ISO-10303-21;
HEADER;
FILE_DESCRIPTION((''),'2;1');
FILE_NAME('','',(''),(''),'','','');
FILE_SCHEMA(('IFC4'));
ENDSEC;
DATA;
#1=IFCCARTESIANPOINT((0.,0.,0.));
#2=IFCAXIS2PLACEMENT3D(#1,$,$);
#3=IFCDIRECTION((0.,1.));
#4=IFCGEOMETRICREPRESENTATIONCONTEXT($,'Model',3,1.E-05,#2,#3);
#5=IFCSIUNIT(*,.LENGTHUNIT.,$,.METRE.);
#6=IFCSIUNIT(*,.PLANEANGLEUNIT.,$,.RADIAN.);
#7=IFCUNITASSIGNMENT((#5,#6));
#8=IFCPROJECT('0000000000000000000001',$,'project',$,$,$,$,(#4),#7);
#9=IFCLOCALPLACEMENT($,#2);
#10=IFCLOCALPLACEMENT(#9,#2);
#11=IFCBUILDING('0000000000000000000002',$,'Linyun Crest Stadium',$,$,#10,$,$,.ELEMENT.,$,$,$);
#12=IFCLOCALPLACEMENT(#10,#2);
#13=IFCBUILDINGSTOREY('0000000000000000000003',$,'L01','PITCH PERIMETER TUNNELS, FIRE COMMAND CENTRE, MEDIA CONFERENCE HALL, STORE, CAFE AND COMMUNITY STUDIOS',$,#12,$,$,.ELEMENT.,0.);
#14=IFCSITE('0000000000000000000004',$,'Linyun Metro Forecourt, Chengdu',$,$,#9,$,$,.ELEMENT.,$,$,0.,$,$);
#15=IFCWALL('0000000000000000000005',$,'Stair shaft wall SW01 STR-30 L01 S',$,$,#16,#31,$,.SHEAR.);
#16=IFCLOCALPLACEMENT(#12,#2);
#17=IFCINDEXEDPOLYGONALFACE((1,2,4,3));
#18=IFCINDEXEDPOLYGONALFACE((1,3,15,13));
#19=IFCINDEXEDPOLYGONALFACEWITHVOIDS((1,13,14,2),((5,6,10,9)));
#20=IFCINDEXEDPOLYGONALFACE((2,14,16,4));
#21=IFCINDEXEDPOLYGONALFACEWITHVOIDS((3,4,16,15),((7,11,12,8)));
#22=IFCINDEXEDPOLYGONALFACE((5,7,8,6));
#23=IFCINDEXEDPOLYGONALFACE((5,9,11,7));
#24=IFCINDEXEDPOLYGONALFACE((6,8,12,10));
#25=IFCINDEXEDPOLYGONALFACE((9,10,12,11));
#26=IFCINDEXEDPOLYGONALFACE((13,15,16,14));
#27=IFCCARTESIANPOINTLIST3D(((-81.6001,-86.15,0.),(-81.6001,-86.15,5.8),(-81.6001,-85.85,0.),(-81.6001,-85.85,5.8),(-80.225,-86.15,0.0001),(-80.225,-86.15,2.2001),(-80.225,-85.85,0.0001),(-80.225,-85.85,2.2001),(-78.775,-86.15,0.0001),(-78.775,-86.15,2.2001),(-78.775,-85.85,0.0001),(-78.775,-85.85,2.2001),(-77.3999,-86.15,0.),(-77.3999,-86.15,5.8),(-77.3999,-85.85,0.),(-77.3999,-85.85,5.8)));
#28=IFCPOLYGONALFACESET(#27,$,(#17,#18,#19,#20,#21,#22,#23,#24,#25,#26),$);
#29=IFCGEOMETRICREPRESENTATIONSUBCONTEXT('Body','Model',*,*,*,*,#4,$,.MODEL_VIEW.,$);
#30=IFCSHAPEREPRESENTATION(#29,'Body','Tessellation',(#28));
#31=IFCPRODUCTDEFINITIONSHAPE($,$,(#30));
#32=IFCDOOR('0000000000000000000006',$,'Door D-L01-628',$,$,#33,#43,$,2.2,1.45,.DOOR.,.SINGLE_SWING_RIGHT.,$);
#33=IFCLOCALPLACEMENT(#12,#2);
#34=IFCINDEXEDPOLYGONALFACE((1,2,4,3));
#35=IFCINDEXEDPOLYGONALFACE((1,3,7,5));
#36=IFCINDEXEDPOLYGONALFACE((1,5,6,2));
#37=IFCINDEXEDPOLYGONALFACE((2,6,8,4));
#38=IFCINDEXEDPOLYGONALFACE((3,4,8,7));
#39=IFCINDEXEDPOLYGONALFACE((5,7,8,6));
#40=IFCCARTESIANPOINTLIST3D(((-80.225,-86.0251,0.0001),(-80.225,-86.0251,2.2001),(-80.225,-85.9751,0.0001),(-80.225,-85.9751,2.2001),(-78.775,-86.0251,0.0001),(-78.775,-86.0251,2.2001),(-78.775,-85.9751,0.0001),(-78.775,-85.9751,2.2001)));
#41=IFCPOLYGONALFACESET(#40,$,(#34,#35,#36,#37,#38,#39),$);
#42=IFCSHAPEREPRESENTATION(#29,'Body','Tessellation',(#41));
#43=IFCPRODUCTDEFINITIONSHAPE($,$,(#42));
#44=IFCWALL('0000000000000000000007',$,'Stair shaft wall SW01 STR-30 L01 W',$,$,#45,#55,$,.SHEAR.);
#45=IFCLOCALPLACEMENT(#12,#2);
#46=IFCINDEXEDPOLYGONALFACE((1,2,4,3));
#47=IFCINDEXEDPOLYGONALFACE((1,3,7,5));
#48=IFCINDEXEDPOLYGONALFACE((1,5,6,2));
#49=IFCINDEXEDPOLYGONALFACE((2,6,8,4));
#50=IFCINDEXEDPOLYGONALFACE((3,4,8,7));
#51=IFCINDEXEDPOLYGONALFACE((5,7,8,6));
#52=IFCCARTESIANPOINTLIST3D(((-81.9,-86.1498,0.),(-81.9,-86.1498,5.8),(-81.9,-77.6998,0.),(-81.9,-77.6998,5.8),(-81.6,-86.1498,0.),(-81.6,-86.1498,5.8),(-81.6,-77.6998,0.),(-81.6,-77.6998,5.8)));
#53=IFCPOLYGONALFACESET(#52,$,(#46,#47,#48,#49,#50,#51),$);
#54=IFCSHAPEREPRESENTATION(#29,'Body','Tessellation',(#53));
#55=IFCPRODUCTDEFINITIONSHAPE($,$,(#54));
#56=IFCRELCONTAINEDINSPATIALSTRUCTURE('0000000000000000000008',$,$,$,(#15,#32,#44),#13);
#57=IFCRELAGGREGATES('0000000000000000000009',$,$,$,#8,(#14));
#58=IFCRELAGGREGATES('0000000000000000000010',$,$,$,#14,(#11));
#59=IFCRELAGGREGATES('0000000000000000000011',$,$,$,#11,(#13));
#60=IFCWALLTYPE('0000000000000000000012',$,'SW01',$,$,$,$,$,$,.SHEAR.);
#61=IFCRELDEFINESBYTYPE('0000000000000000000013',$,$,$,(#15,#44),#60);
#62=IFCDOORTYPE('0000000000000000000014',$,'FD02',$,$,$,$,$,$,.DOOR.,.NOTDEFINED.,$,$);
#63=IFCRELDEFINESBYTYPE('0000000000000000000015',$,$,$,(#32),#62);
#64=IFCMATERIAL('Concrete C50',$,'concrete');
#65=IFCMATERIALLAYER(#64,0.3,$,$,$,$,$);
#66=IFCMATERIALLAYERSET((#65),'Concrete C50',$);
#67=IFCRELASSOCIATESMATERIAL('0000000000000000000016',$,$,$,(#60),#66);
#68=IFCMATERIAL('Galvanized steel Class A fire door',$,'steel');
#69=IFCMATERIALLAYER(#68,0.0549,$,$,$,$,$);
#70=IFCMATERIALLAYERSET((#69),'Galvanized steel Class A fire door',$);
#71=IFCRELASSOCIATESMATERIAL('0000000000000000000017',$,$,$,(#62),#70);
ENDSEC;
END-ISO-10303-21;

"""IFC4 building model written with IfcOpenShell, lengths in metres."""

from ifc_helpers import new_model, si_unit, direction, frame, frame_2d, origin, place, context, subcontext, project, spatial, rectangle, extrude, material, layer, layer_set, type_object, element, fill, save


model = new_model("IFC4")

# Units and contexts
model_context = context("Model", 3, precision=1e-05, world=origin(), true_north=direction((0.0, 1.0)))
body_context = subcontext(model_context, "Body", "Model", "MODEL_VIEW")
ifc_project = project(units=[si_unit("LENGTHUNIT", "METRE"), si_unit("PLANEANGLEUNIT", "RADIAN")], contexts=[model_context])

# Site, building, storey
site_placement = place(None, origin())
site = spatial("IfcSite", under=ifc_project, at=site_placement, Name="Linyun Metro Forecourt, Chengdu", CompositionType="ELEMENT", RefElevation=0.0)
building_placement = place(site_placement, origin())
building = spatial("IfcBuilding", under=site, at=building_placement, Name="Linyun Crest Stadium", CompositionType="ELEMENT")
storey_placement = place(building_placement, origin())
storey = spatial("IfcBuildingStorey", under=building, at=storey_placement, Name="L01", Description="PITCH PERIMETER TUNNELS, FIRE COMMAND CENTRE, MEDIA CONFERENCE HALL, STORE, CAFE AND COMMUNITY STUDIOS", CompositionType="ELEMENT", Elevation=0.0)

# Wall, opening, door
ifc_material_1 = material(Name="Concrete C50", Category="concrete")
ifc_layer_1 = layer(ifc_material_1, 0.3)
ifc_layer_set_1 = layer_set([ifc_layer_1], Name="Concrete C50")
wall_type_1 = type_object("IfcWallType", Name="SW01", PredefinedType="SHEAR", material=ifc_layer_set_1)
wall_1_placement = place(storey_placement, frame((-81.6001, -86.0, 0.0), z_axis=(0.0, 0.0, 1.0), x_axis=(1.0, 0.0, 0.0)))
wall_1 = element("IfcWall", 1, at=wall_1_placement, inside=storey, type_object=wall_type_1, Name="Stair shaft wall SW01 STR-30 L01 S", PredefinedType="SHEAR", context=body_context, shape_type="SweptSolid", body=[
    extrude(rectangle(XDim=4.2002, YDim=0.3, at=frame_2d((2.1001, 0.0))), origin(), (0.0, 0.0, 1.0), 5.8),
])
opening_1_placement = place(wall_1_placement, frame((1.375, 0.0, 0.0)))
opening_1 = element("IfcOpeningElement", 2, at=opening_1_placement, cuts=wall_1, PredefinedType="OPENING", context=body_context, shape_type="SweptSolid", body=[
    extrude(rectangle(XDim=1.45, YDim=2.2, at=frame_2d((0.7251, 1.1001))), frame((0.0, 0.1599, 0.0), z_axis=(0.0, -1.0, 0.0), x_axis=(1.0, 0.0, 0.0)), (0.0, 0.0, 1.0), 0.3201),
])
ifc_material_2 = material(Name="Galvanized steel Class A fire door", Category="steel")
ifc_layer_2 = layer(ifc_material_2, 0.0549)
ifc_layer_set_2 = layer_set([ifc_layer_2], Name="Galvanized steel Class A fire door")
door_type_1 = type_object("IfcDoorType", Name="FD02", OperationType="NOTDEFINED", PredefinedType="DOOR", material=ifc_layer_set_2)
door_1_placement = place(opening_1_placement, origin())
door_1 = element("IfcDoor", 3, at=door_1_placement, inside=storey, type_object=door_type_1, Name="Door D-L01-628", OperationType="SINGLE_SWING_RIGHT", OverallHeight=2.2, OverallWidth=1.45, PredefinedType="DOOR", context=body_context, shape_type="SweptSolid", body=[
    extrude(rectangle(XDim=1.45, YDim=2.2, at=frame_2d((0.7251, 1.1001))), frame((0.0, 0.0249, 0.0), z_axis=(0.0, -1.0, 0.0), x_axis=(1.0, 0.0, 0.0)), (0.0, 0.0, 1.0), 0.05),
])
fill(opening_1, door_1)

# Wall
wall_2_placement = place(storey_placement, frame((-81.75, -86.1499, 0.0), z_axis=(0.0, 0.0, 1.0), x_axis=(0.0, 1.0, 0.0)))
element("IfcWall", 4, at=wall_2_placement, inside=storey, type_object=wall_type_1, Name="Stair shaft wall SW01 STR-30 L01 W", PredefinedType="SHEAR", context=body_context, shape_type="SweptSolid", body=[
    extrude(rectangle(XDim=8.45, YDim=0.3, at=frame_2d((4.2251, 0.0))), origin(), (0.0, 0.0, 1.0), 5.8),
])

save(model, "model.ifc")
